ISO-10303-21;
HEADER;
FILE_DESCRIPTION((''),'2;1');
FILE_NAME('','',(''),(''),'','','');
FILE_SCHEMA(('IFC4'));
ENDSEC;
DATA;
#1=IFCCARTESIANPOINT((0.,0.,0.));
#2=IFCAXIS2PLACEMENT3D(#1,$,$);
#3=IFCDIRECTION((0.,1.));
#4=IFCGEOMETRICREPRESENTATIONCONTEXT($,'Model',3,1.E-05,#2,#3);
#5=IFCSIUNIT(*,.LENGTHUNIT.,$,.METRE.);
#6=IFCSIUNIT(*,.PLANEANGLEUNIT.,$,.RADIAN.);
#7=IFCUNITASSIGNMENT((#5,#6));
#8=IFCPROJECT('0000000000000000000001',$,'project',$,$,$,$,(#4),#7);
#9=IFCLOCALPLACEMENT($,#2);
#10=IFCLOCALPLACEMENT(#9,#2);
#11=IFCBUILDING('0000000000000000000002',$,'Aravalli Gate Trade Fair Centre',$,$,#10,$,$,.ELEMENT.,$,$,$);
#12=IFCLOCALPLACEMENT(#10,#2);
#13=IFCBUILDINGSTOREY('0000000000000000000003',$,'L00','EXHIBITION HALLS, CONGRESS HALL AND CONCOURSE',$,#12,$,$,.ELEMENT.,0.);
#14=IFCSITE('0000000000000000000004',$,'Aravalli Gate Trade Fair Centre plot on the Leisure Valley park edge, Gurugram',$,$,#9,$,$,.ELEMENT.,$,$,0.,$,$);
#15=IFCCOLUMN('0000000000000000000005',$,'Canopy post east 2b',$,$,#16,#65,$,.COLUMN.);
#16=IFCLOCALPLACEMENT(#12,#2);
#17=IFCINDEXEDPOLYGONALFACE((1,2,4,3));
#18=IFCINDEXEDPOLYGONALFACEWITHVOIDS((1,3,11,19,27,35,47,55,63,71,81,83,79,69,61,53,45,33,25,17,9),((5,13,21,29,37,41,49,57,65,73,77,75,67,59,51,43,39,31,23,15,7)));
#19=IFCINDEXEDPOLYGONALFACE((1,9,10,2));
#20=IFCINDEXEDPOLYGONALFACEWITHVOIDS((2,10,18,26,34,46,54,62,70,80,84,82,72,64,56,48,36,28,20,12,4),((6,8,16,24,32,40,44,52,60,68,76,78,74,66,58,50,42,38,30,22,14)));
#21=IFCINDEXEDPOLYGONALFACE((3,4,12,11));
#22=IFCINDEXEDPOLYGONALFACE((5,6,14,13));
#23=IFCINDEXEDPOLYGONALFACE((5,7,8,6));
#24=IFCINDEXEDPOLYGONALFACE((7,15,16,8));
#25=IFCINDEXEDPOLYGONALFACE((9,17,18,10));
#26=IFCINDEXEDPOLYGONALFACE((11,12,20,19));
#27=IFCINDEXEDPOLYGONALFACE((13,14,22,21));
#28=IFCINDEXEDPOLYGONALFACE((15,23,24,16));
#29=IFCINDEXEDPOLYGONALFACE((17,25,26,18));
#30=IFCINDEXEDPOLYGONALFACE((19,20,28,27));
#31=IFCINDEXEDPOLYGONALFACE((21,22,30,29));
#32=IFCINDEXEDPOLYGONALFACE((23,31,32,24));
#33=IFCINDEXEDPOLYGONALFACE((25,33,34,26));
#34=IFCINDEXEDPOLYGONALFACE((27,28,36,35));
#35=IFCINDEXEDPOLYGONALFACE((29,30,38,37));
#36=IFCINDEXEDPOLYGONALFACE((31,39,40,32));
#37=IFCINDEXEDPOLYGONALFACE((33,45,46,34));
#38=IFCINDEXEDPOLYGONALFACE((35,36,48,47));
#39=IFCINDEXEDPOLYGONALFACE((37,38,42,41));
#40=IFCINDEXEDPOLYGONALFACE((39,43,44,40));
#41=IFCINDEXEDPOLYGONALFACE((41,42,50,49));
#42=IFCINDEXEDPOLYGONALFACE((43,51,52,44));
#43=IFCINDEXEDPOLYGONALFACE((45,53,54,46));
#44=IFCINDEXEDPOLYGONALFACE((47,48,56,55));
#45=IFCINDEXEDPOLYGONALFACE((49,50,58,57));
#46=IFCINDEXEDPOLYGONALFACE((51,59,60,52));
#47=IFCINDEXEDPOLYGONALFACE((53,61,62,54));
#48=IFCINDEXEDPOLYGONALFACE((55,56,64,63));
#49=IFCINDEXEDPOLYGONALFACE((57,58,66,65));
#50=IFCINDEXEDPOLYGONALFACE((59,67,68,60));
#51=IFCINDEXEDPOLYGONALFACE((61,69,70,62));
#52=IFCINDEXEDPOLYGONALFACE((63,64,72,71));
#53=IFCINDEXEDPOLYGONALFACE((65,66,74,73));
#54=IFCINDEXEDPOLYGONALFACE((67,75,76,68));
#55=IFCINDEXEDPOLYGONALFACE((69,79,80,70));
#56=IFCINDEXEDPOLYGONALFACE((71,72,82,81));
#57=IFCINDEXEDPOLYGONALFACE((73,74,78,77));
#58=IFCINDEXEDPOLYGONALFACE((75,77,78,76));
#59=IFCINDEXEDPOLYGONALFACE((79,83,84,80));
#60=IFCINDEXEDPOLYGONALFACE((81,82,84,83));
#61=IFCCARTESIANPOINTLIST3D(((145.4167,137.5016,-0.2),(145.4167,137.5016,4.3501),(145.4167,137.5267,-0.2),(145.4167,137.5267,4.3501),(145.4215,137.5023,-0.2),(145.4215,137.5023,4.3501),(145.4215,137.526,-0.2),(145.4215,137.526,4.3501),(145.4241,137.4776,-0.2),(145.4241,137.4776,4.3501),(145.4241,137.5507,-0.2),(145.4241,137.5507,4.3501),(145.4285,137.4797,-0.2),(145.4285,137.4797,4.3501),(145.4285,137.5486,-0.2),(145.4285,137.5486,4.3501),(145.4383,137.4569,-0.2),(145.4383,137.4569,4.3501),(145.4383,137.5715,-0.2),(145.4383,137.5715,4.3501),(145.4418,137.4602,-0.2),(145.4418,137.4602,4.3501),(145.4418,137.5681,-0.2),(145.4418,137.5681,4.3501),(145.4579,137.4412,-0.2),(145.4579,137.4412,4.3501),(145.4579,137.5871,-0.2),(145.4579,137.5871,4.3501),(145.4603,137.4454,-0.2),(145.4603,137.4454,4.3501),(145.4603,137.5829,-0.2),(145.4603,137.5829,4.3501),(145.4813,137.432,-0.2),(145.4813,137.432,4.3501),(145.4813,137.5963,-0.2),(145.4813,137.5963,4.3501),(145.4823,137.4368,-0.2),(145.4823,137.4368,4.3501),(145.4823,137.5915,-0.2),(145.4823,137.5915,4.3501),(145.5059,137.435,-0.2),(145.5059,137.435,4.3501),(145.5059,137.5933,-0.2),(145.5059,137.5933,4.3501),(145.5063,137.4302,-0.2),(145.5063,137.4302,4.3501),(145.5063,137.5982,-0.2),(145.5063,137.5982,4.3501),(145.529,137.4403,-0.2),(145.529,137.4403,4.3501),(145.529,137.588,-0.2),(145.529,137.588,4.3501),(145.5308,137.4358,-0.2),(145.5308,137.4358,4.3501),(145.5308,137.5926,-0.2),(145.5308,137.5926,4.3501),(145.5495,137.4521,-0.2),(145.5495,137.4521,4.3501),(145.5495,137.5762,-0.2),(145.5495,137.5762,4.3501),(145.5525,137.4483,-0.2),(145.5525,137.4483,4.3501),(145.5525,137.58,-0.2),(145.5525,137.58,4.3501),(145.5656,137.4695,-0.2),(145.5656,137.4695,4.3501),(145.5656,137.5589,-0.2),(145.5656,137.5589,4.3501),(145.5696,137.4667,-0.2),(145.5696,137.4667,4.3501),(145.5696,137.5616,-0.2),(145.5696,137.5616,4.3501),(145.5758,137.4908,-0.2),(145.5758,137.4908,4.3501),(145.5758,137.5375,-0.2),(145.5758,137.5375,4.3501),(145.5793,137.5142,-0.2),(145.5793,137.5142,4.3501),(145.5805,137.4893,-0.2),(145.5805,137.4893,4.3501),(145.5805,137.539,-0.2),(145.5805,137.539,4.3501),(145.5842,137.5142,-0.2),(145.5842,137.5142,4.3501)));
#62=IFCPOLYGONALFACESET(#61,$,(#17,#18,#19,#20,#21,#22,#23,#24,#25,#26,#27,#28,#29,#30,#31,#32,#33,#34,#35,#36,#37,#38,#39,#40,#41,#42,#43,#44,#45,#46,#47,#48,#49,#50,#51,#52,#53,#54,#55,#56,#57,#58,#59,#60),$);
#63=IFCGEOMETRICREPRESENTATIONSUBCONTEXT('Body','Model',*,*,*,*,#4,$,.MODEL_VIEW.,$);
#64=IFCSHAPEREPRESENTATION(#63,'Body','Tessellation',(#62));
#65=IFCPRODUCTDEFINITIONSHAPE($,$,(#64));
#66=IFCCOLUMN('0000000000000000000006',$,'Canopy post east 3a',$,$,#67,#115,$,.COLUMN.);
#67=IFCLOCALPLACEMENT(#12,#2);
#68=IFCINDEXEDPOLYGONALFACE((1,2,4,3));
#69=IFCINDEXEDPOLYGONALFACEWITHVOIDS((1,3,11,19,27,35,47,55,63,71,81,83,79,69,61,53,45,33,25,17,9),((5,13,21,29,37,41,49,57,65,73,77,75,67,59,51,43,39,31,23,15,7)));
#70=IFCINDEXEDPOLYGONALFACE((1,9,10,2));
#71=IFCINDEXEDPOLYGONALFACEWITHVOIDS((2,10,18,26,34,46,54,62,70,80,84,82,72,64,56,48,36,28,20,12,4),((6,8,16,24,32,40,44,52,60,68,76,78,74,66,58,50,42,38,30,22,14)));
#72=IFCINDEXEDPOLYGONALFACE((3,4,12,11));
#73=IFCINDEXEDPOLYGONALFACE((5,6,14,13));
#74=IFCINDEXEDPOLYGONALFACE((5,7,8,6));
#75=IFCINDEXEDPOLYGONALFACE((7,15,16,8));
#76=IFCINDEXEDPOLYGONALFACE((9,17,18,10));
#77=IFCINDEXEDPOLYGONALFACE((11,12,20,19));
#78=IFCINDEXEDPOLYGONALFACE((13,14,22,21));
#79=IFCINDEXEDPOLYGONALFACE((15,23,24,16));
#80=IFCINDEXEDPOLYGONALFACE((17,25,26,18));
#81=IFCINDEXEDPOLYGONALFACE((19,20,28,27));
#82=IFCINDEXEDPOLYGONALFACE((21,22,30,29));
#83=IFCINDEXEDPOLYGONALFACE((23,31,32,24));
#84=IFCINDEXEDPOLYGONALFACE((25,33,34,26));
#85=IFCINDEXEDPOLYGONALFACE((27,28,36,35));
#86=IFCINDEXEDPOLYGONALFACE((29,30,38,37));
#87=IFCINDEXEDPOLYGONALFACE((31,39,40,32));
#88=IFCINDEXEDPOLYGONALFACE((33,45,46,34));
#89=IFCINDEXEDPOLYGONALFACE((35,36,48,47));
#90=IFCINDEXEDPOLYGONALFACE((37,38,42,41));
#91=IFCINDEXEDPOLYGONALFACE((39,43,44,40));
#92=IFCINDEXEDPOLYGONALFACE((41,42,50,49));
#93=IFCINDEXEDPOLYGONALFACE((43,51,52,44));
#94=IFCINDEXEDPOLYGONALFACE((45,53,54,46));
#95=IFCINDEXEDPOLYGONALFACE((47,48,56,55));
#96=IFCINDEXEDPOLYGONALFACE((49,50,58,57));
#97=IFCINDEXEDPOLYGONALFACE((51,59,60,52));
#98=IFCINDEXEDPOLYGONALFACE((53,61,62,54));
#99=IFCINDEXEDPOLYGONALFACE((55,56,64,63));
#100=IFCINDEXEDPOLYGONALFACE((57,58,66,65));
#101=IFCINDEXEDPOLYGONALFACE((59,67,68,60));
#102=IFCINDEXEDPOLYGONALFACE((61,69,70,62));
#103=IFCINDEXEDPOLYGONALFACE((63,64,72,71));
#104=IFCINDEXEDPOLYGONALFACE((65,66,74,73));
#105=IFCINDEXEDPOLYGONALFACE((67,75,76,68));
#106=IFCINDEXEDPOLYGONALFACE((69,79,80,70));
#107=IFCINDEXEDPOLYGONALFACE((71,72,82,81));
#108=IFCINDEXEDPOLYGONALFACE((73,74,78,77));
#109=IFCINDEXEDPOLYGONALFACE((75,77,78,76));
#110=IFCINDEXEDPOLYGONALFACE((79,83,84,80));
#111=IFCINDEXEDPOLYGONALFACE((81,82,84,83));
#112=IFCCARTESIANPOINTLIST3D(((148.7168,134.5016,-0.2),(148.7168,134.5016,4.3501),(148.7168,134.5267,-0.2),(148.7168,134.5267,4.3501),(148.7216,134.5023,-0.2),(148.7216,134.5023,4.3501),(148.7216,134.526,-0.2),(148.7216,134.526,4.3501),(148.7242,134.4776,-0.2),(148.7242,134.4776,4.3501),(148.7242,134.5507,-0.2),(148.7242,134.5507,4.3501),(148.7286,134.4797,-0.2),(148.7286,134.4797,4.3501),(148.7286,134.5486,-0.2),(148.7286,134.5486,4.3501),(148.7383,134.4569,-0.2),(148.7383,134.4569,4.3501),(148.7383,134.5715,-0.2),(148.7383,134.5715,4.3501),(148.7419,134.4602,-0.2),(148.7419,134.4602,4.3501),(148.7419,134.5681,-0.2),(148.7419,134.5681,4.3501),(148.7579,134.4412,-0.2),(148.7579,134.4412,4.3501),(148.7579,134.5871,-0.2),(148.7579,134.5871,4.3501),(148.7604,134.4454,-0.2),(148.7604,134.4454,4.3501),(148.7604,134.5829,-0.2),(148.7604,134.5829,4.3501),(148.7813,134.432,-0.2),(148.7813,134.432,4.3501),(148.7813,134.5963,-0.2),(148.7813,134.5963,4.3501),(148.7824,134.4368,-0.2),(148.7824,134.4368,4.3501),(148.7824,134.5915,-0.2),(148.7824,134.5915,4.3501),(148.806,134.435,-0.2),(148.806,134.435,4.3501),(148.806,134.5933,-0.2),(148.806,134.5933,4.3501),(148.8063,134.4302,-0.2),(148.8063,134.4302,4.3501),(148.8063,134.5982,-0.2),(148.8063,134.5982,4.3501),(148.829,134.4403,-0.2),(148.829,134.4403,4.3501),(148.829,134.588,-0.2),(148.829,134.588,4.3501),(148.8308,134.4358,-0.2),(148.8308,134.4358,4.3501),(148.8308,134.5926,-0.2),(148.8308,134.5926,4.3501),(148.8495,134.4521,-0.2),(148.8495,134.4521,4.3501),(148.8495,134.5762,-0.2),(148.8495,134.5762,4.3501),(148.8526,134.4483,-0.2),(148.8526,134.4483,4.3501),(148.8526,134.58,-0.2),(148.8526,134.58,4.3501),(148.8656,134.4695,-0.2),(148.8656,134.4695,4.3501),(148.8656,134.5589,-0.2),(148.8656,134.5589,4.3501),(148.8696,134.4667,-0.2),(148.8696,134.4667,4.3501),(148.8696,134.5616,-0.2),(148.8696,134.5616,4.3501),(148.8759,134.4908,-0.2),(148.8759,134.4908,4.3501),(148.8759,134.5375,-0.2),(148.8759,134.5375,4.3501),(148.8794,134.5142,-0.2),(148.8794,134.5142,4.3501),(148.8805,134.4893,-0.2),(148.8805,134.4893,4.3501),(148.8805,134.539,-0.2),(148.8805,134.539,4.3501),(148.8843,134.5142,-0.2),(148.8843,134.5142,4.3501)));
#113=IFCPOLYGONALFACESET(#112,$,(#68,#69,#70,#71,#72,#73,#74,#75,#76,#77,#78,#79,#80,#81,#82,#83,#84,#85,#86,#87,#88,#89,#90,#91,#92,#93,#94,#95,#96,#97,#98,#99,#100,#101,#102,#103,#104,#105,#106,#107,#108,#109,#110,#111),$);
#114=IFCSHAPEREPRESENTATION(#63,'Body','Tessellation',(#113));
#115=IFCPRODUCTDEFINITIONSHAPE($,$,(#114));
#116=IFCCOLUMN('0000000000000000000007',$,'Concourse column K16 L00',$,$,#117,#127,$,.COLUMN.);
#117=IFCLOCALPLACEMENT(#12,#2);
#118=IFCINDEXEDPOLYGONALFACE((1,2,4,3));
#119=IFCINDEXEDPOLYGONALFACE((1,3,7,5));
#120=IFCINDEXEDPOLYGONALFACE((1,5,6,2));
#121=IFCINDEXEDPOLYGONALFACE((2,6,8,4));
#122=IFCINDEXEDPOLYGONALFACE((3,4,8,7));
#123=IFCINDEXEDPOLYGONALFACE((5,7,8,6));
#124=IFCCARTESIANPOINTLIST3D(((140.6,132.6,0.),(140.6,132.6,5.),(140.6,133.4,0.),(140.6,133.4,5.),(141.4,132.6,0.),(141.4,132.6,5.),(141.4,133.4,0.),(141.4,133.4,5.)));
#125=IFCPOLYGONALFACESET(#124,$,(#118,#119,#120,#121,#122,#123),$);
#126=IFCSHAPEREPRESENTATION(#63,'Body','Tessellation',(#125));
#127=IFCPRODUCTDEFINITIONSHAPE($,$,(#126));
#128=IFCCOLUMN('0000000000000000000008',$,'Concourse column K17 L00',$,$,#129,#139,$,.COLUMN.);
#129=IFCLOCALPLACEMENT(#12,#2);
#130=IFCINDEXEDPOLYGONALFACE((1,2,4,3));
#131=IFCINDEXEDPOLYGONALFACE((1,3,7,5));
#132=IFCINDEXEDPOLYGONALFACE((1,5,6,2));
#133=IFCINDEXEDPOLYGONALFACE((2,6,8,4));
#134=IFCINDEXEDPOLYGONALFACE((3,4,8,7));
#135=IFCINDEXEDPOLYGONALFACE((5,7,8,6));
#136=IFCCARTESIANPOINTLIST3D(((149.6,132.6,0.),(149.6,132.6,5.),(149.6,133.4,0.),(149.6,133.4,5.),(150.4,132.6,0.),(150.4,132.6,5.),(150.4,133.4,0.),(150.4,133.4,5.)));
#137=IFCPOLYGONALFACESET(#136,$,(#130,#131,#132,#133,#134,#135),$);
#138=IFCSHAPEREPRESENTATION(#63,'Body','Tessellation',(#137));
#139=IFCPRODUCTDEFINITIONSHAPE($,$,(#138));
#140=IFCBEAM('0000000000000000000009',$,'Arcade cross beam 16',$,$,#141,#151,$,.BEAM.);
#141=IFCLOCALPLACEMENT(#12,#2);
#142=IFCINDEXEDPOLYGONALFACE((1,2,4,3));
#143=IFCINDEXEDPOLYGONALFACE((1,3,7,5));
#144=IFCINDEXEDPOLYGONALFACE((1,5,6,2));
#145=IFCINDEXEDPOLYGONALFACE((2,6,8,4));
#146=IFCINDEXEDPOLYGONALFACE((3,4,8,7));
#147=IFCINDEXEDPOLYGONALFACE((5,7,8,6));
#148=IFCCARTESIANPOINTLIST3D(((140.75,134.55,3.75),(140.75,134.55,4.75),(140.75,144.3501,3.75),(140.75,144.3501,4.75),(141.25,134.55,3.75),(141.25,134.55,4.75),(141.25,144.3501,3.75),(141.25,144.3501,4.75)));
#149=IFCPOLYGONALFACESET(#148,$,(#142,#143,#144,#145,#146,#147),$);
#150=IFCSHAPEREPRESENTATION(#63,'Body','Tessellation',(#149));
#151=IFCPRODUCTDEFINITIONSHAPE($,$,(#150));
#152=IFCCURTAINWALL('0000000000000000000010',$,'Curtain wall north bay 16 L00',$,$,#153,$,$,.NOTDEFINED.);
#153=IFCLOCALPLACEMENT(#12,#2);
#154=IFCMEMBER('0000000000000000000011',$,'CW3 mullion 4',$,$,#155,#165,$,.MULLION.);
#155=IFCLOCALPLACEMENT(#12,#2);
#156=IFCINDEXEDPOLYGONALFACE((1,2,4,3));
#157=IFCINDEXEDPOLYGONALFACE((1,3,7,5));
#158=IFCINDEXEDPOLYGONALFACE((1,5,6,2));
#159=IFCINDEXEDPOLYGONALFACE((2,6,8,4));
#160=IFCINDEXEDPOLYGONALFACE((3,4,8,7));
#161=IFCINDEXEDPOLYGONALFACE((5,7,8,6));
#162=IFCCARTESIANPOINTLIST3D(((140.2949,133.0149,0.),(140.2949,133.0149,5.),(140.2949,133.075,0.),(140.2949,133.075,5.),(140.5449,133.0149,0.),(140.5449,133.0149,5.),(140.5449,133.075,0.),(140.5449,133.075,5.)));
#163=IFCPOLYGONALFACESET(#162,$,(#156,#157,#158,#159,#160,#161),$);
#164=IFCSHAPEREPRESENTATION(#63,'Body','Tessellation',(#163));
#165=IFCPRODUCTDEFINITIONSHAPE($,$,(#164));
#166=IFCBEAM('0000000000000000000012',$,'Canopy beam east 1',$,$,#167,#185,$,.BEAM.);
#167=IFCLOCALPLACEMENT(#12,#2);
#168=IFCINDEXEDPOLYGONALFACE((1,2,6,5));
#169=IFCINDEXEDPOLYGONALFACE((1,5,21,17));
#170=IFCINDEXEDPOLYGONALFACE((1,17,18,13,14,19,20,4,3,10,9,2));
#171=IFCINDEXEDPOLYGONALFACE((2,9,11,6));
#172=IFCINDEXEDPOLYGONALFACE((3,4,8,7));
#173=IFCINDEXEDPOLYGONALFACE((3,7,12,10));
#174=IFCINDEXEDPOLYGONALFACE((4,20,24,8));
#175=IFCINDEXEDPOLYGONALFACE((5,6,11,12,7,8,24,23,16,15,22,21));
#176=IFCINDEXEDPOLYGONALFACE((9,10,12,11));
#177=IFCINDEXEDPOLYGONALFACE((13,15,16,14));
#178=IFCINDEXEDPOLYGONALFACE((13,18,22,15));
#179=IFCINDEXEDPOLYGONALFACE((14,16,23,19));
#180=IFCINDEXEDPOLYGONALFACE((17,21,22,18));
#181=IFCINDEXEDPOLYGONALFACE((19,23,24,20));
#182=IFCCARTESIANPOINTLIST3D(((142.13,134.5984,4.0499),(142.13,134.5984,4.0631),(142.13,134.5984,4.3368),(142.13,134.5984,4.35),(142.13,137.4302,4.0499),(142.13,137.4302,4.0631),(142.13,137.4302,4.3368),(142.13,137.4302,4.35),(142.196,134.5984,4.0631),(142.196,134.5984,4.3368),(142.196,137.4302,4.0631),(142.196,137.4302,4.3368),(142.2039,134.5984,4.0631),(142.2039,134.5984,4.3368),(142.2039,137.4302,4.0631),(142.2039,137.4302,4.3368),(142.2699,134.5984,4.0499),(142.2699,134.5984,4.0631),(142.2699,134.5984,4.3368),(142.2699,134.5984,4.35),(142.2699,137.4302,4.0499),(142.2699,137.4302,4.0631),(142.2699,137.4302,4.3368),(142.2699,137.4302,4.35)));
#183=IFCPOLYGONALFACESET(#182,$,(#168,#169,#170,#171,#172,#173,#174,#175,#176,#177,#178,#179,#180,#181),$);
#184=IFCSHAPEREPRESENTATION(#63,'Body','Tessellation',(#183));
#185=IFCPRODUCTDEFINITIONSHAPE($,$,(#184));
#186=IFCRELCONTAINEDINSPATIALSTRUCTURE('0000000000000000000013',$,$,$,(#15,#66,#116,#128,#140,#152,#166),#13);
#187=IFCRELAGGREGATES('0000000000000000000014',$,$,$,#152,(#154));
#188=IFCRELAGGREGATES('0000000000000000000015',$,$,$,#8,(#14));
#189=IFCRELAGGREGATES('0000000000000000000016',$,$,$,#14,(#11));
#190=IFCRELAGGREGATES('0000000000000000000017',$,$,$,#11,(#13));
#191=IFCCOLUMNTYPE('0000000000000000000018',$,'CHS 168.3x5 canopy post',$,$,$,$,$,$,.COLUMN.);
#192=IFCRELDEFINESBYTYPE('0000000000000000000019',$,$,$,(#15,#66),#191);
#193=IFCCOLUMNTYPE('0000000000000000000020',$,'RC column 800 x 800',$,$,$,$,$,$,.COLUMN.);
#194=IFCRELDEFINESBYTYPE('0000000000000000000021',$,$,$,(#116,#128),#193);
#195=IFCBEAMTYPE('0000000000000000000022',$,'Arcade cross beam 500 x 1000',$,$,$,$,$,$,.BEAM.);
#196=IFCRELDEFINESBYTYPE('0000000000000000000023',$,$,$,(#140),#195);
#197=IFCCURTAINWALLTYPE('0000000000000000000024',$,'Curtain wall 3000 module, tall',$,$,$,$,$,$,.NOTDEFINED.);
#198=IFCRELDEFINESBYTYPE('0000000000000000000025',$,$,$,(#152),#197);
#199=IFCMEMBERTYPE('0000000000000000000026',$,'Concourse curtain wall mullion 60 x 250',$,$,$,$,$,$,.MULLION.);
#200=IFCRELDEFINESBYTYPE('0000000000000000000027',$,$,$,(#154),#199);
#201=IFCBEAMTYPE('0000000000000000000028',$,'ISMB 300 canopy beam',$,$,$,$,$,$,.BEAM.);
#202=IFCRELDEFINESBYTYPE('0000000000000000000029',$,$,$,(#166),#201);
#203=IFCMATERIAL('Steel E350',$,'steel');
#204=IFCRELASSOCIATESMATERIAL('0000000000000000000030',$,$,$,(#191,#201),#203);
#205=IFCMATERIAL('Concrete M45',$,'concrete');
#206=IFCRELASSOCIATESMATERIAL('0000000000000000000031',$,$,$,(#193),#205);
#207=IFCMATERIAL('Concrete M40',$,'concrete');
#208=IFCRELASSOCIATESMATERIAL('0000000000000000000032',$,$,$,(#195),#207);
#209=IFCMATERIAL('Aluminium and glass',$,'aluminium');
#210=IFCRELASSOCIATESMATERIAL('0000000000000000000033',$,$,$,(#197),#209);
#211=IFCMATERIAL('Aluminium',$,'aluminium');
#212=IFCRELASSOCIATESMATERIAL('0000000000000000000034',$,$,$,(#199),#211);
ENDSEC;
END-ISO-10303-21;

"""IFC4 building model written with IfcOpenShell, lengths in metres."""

from ifc_helpers import new_model, si_unit, direction, frame, origin, origin_2d, place, context, subcontext, project, spatial, rectangle, hollow_circle, i_section, extrude, material, material_profile, profile_set, type_object, element, aggregate, save


model = new_model("IFC4")

# Units and contexts
model_context = context("Model", 3, precision=1e-05, world=origin(), true_north=direction((0.0, 1.0)))
body_context = subcontext(model_context, "Body", "Model", "MODEL_VIEW")
ifc_project = project(units=[si_unit("LENGTHUNIT", "METRE"), si_unit("PLANEANGLEUNIT", "RADIAN")], contexts=[model_context])

# Site, building, storey
site_placement = place(None, origin())
site = spatial("IfcSite", under=ifc_project, at=site_placement, Name="Aravalli Gate Trade Fair Centre plot on the Leisure Valley park edge, Gurugram", CompositionType="ELEMENT", RefElevation=0.0)
building_placement = place(site_placement, origin())
building = spatial("IfcBuilding", under=site, at=building_placement, Name="Aravalli Gate Trade Fair Centre", CompositionType="ELEMENT")
storey_placement = place(building_placement, origin())
storey = spatial("IfcBuildingStorey", under=building, at=storey_placement, Name="L00", Description="EXHIBITION HALLS, CONGRESS HALL AND CONCOURSE", CompositionType="ELEMENT", Elevation=0.0)

# Columns
ifc_material_1 = material(Name="Concrete M45", Category="concrete")
ifc_material_2 = material(Name="Steel E350", Category="steel")
ifc_material_profile_1 = material_profile(ifc_material_2, hollow_circle(Radius=0.0842, WallThickness=0.0049, at=origin_2d()), Name="CHS 168.3x5")
ifc_profile_set_1 = profile_set([ifc_material_profile_1], Name="Steel E350")
column_type_1 = type_object("IfcColumnType", Name="CHS 168.3x5 canopy post", PredefinedType="COLUMN", material=ifc_profile_set_1)
for number, where, z_axis, x_axis, name in (
    (1, (145.5, 137.5142, -0.2), (0.0, 0.0, 1.0), (1.0, 0.0, 0.0), "Canopy post east 2b"),
    (2, (148.8, 134.5142, -0.2), (0.0, 0.0, 1.0), (1.0, 0.0, 0.0), "Canopy post east 3a"),
):
    element("IfcColumn", number, at=place(storey_placement, frame(where, z_axis=z_axis, x_axis=x_axis)), inside=storey, type_object=column_type_1, Name=name, PredefinedType="COLUMN", context=body_context, shape_type="SweptSolid", body=[
        extrude(hollow_circle(Radius=0.0842, WallThickness=0.0049, at=origin_2d()), origin(), (0.0, 0.0, 1.0), 4.55),
    ])
ifc_material_profile_2 = material_profile(ifc_material_1, rectangle(XDim=0.8, YDim=0.8, at=origin_2d()), Name="RC column 800 x 800")
ifc_profile_set_2 = profile_set([ifc_material_profile_2], Name="Concrete M45")
column_type_2 = type_object("IfcColumnType", Name="RC column 800 x 800", PredefinedType="COLUMN", material=ifc_profile_set_2)
for number, where, z_axis, x_axis, name in (
    (3, (141.0, 133.0, 0.0), (0.0, 0.0, 1.0), (1.0, 0.0, 0.0), "Concourse column K16 L00"),
    (4, (150.0, 133.0, 0.0), (0.0, 0.0, 1.0), (1.0, 0.0, 0.0), "Concourse column K17 L00"),
):
    element("IfcColumn", number, at=place(storey_placement, frame(where, z_axis=z_axis, x_axis=x_axis)), inside=storey, type_object=column_type_2, Name=name, PredefinedType="COLUMN", context=body_context, shape_type="SweptSolid", body=[
        extrude(rectangle(XDim=0.8, YDim=0.8, at=origin_2d()), origin(), (0.0, 0.0, 1.0), 5.0),
    ])

# Beam
ifc_material_3 = material(Name="Concrete M40", Category="concrete")
ifc_material_profile_3 = material_profile(ifc_material_3, rectangle(XDim=0.5, YDim=1.0, at=origin_2d()), Name="Arcade cross beam 500 x 1000")
ifc_profile_set_3 = profile_set([ifc_material_profile_3], Name="Concrete M40")
beam_type_1 = type_object("IfcBeamType", Name="Arcade cross beam 500 x 1000", PredefinedType="BEAM", material=ifc_profile_set_3)
beam_1_placement = place(storey_placement, frame((141.0, 134.55, 4.25), z_axis=(0.0, 1.0, 0.0), x_axis=(-1.0, 0.0, 0.0)))
element("IfcBeam", 5, at=beam_1_placement, inside=storey, type_object=beam_type_1, Name="Arcade cross beam 16", PredefinedType="BEAM", context=body_context, shape_type="SweptSolid", body=[
    extrude(rectangle(XDim=0.5, YDim=1.0, at=origin_2d()), origin(), (0.0, 0.0, 1.0), 9.8),
])

# Curtain wall, member
ifc_material_4 = material(Name="Aluminium and glass", Category="aluminium")
curtain_wall_type = type_object("IfcCurtainWallType", Name="Curtain wall 3000 module, tall", PredefinedType="NOTDEFINED", material=ifc_material_4)
curtain_wall_placement = place(storey_placement, origin())
curtain_wall = element("IfcCurtainWall", 6, at=curtain_wall_placement, inside=storey, type_object=curtain_wall_type, Name="Curtain wall north bay 16 L00", PredefinedType="NOTDEFINED")
ifc_material_5 = material(Name="Aluminium", Category="aluminium")
ifc_material_profile_4 = material_profile(ifc_material_5, rectangle(XDim=0.0601, YDim=0.25, at=origin_2d()), Name="Concourse curtain wall mullion 60 x 250")
ifc_profile_set_4 = profile_set([ifc_material_profile_4], Name="Aluminium")
member_type = type_object("IfcMemberType", Name="Concourse curtain wall mullion 60 x 250", PredefinedType="MULLION", material=ifc_profile_set_4)
member_placement = place(storey_placement, frame((140.4199, 133.0449, 0.0), z_axis=(0.0, 0.0, 1.0), x_axis=(0.0, 1.0, 0.0)))
member = element("IfcMember", 7, at=member_placement, type_object=member_type, Name="CW3 mullion 4", PredefinedType="MULLION", context=body_context, shape_type="SweptSolid", body=[
    extrude(rectangle(XDim=0.0601, YDim=0.25, at=origin_2d()), origin(), (0.0, 0.0, 1.0), 5.0),
])

# Beam
ifc_material_profile_5 = material_profile(ifc_material_2, i_section(OverallWidth=0.1399, OverallDepth=0.3, WebThickness=0.0078, FlangeThickness=0.0132, at=origin_2d()), Name="ISMB 300")
ifc_profile_set_5 = profile_set([ifc_material_profile_5], Name="Steel E350")
beam_type_2 = type_object("IfcBeamType", Name="ISMB 300 canopy beam", PredefinedType="BEAM", material=ifc_profile_set_5)
for number, where, z_axis, x_axis, name in (
    (8, (142.2, 134.5984, 4.2), (0.0, 1.0, 0.0), (-1.0, 0.0, 0.0), "Canopy beam east 1"),
):
    element("IfcBeam", number, at=place(storey_placement, frame(where, z_axis=z_axis, x_axis=x_axis)), inside=storey, type_object=beam_type_2, Name=name, PredefinedType="BEAM", context=body_context, shape_type="SweptSolid", body=[
        extrude(i_section(OverallWidth=0.1399, OverallDepth=0.3, WebThickness=0.0078, FlangeThickness=0.0132, at=origin_2d()), origin(), (0.0, 0.0, 1.0), 2.8318),
    ])

aggregate(curtain_wall, [member])

save(model, "model.ifc")
